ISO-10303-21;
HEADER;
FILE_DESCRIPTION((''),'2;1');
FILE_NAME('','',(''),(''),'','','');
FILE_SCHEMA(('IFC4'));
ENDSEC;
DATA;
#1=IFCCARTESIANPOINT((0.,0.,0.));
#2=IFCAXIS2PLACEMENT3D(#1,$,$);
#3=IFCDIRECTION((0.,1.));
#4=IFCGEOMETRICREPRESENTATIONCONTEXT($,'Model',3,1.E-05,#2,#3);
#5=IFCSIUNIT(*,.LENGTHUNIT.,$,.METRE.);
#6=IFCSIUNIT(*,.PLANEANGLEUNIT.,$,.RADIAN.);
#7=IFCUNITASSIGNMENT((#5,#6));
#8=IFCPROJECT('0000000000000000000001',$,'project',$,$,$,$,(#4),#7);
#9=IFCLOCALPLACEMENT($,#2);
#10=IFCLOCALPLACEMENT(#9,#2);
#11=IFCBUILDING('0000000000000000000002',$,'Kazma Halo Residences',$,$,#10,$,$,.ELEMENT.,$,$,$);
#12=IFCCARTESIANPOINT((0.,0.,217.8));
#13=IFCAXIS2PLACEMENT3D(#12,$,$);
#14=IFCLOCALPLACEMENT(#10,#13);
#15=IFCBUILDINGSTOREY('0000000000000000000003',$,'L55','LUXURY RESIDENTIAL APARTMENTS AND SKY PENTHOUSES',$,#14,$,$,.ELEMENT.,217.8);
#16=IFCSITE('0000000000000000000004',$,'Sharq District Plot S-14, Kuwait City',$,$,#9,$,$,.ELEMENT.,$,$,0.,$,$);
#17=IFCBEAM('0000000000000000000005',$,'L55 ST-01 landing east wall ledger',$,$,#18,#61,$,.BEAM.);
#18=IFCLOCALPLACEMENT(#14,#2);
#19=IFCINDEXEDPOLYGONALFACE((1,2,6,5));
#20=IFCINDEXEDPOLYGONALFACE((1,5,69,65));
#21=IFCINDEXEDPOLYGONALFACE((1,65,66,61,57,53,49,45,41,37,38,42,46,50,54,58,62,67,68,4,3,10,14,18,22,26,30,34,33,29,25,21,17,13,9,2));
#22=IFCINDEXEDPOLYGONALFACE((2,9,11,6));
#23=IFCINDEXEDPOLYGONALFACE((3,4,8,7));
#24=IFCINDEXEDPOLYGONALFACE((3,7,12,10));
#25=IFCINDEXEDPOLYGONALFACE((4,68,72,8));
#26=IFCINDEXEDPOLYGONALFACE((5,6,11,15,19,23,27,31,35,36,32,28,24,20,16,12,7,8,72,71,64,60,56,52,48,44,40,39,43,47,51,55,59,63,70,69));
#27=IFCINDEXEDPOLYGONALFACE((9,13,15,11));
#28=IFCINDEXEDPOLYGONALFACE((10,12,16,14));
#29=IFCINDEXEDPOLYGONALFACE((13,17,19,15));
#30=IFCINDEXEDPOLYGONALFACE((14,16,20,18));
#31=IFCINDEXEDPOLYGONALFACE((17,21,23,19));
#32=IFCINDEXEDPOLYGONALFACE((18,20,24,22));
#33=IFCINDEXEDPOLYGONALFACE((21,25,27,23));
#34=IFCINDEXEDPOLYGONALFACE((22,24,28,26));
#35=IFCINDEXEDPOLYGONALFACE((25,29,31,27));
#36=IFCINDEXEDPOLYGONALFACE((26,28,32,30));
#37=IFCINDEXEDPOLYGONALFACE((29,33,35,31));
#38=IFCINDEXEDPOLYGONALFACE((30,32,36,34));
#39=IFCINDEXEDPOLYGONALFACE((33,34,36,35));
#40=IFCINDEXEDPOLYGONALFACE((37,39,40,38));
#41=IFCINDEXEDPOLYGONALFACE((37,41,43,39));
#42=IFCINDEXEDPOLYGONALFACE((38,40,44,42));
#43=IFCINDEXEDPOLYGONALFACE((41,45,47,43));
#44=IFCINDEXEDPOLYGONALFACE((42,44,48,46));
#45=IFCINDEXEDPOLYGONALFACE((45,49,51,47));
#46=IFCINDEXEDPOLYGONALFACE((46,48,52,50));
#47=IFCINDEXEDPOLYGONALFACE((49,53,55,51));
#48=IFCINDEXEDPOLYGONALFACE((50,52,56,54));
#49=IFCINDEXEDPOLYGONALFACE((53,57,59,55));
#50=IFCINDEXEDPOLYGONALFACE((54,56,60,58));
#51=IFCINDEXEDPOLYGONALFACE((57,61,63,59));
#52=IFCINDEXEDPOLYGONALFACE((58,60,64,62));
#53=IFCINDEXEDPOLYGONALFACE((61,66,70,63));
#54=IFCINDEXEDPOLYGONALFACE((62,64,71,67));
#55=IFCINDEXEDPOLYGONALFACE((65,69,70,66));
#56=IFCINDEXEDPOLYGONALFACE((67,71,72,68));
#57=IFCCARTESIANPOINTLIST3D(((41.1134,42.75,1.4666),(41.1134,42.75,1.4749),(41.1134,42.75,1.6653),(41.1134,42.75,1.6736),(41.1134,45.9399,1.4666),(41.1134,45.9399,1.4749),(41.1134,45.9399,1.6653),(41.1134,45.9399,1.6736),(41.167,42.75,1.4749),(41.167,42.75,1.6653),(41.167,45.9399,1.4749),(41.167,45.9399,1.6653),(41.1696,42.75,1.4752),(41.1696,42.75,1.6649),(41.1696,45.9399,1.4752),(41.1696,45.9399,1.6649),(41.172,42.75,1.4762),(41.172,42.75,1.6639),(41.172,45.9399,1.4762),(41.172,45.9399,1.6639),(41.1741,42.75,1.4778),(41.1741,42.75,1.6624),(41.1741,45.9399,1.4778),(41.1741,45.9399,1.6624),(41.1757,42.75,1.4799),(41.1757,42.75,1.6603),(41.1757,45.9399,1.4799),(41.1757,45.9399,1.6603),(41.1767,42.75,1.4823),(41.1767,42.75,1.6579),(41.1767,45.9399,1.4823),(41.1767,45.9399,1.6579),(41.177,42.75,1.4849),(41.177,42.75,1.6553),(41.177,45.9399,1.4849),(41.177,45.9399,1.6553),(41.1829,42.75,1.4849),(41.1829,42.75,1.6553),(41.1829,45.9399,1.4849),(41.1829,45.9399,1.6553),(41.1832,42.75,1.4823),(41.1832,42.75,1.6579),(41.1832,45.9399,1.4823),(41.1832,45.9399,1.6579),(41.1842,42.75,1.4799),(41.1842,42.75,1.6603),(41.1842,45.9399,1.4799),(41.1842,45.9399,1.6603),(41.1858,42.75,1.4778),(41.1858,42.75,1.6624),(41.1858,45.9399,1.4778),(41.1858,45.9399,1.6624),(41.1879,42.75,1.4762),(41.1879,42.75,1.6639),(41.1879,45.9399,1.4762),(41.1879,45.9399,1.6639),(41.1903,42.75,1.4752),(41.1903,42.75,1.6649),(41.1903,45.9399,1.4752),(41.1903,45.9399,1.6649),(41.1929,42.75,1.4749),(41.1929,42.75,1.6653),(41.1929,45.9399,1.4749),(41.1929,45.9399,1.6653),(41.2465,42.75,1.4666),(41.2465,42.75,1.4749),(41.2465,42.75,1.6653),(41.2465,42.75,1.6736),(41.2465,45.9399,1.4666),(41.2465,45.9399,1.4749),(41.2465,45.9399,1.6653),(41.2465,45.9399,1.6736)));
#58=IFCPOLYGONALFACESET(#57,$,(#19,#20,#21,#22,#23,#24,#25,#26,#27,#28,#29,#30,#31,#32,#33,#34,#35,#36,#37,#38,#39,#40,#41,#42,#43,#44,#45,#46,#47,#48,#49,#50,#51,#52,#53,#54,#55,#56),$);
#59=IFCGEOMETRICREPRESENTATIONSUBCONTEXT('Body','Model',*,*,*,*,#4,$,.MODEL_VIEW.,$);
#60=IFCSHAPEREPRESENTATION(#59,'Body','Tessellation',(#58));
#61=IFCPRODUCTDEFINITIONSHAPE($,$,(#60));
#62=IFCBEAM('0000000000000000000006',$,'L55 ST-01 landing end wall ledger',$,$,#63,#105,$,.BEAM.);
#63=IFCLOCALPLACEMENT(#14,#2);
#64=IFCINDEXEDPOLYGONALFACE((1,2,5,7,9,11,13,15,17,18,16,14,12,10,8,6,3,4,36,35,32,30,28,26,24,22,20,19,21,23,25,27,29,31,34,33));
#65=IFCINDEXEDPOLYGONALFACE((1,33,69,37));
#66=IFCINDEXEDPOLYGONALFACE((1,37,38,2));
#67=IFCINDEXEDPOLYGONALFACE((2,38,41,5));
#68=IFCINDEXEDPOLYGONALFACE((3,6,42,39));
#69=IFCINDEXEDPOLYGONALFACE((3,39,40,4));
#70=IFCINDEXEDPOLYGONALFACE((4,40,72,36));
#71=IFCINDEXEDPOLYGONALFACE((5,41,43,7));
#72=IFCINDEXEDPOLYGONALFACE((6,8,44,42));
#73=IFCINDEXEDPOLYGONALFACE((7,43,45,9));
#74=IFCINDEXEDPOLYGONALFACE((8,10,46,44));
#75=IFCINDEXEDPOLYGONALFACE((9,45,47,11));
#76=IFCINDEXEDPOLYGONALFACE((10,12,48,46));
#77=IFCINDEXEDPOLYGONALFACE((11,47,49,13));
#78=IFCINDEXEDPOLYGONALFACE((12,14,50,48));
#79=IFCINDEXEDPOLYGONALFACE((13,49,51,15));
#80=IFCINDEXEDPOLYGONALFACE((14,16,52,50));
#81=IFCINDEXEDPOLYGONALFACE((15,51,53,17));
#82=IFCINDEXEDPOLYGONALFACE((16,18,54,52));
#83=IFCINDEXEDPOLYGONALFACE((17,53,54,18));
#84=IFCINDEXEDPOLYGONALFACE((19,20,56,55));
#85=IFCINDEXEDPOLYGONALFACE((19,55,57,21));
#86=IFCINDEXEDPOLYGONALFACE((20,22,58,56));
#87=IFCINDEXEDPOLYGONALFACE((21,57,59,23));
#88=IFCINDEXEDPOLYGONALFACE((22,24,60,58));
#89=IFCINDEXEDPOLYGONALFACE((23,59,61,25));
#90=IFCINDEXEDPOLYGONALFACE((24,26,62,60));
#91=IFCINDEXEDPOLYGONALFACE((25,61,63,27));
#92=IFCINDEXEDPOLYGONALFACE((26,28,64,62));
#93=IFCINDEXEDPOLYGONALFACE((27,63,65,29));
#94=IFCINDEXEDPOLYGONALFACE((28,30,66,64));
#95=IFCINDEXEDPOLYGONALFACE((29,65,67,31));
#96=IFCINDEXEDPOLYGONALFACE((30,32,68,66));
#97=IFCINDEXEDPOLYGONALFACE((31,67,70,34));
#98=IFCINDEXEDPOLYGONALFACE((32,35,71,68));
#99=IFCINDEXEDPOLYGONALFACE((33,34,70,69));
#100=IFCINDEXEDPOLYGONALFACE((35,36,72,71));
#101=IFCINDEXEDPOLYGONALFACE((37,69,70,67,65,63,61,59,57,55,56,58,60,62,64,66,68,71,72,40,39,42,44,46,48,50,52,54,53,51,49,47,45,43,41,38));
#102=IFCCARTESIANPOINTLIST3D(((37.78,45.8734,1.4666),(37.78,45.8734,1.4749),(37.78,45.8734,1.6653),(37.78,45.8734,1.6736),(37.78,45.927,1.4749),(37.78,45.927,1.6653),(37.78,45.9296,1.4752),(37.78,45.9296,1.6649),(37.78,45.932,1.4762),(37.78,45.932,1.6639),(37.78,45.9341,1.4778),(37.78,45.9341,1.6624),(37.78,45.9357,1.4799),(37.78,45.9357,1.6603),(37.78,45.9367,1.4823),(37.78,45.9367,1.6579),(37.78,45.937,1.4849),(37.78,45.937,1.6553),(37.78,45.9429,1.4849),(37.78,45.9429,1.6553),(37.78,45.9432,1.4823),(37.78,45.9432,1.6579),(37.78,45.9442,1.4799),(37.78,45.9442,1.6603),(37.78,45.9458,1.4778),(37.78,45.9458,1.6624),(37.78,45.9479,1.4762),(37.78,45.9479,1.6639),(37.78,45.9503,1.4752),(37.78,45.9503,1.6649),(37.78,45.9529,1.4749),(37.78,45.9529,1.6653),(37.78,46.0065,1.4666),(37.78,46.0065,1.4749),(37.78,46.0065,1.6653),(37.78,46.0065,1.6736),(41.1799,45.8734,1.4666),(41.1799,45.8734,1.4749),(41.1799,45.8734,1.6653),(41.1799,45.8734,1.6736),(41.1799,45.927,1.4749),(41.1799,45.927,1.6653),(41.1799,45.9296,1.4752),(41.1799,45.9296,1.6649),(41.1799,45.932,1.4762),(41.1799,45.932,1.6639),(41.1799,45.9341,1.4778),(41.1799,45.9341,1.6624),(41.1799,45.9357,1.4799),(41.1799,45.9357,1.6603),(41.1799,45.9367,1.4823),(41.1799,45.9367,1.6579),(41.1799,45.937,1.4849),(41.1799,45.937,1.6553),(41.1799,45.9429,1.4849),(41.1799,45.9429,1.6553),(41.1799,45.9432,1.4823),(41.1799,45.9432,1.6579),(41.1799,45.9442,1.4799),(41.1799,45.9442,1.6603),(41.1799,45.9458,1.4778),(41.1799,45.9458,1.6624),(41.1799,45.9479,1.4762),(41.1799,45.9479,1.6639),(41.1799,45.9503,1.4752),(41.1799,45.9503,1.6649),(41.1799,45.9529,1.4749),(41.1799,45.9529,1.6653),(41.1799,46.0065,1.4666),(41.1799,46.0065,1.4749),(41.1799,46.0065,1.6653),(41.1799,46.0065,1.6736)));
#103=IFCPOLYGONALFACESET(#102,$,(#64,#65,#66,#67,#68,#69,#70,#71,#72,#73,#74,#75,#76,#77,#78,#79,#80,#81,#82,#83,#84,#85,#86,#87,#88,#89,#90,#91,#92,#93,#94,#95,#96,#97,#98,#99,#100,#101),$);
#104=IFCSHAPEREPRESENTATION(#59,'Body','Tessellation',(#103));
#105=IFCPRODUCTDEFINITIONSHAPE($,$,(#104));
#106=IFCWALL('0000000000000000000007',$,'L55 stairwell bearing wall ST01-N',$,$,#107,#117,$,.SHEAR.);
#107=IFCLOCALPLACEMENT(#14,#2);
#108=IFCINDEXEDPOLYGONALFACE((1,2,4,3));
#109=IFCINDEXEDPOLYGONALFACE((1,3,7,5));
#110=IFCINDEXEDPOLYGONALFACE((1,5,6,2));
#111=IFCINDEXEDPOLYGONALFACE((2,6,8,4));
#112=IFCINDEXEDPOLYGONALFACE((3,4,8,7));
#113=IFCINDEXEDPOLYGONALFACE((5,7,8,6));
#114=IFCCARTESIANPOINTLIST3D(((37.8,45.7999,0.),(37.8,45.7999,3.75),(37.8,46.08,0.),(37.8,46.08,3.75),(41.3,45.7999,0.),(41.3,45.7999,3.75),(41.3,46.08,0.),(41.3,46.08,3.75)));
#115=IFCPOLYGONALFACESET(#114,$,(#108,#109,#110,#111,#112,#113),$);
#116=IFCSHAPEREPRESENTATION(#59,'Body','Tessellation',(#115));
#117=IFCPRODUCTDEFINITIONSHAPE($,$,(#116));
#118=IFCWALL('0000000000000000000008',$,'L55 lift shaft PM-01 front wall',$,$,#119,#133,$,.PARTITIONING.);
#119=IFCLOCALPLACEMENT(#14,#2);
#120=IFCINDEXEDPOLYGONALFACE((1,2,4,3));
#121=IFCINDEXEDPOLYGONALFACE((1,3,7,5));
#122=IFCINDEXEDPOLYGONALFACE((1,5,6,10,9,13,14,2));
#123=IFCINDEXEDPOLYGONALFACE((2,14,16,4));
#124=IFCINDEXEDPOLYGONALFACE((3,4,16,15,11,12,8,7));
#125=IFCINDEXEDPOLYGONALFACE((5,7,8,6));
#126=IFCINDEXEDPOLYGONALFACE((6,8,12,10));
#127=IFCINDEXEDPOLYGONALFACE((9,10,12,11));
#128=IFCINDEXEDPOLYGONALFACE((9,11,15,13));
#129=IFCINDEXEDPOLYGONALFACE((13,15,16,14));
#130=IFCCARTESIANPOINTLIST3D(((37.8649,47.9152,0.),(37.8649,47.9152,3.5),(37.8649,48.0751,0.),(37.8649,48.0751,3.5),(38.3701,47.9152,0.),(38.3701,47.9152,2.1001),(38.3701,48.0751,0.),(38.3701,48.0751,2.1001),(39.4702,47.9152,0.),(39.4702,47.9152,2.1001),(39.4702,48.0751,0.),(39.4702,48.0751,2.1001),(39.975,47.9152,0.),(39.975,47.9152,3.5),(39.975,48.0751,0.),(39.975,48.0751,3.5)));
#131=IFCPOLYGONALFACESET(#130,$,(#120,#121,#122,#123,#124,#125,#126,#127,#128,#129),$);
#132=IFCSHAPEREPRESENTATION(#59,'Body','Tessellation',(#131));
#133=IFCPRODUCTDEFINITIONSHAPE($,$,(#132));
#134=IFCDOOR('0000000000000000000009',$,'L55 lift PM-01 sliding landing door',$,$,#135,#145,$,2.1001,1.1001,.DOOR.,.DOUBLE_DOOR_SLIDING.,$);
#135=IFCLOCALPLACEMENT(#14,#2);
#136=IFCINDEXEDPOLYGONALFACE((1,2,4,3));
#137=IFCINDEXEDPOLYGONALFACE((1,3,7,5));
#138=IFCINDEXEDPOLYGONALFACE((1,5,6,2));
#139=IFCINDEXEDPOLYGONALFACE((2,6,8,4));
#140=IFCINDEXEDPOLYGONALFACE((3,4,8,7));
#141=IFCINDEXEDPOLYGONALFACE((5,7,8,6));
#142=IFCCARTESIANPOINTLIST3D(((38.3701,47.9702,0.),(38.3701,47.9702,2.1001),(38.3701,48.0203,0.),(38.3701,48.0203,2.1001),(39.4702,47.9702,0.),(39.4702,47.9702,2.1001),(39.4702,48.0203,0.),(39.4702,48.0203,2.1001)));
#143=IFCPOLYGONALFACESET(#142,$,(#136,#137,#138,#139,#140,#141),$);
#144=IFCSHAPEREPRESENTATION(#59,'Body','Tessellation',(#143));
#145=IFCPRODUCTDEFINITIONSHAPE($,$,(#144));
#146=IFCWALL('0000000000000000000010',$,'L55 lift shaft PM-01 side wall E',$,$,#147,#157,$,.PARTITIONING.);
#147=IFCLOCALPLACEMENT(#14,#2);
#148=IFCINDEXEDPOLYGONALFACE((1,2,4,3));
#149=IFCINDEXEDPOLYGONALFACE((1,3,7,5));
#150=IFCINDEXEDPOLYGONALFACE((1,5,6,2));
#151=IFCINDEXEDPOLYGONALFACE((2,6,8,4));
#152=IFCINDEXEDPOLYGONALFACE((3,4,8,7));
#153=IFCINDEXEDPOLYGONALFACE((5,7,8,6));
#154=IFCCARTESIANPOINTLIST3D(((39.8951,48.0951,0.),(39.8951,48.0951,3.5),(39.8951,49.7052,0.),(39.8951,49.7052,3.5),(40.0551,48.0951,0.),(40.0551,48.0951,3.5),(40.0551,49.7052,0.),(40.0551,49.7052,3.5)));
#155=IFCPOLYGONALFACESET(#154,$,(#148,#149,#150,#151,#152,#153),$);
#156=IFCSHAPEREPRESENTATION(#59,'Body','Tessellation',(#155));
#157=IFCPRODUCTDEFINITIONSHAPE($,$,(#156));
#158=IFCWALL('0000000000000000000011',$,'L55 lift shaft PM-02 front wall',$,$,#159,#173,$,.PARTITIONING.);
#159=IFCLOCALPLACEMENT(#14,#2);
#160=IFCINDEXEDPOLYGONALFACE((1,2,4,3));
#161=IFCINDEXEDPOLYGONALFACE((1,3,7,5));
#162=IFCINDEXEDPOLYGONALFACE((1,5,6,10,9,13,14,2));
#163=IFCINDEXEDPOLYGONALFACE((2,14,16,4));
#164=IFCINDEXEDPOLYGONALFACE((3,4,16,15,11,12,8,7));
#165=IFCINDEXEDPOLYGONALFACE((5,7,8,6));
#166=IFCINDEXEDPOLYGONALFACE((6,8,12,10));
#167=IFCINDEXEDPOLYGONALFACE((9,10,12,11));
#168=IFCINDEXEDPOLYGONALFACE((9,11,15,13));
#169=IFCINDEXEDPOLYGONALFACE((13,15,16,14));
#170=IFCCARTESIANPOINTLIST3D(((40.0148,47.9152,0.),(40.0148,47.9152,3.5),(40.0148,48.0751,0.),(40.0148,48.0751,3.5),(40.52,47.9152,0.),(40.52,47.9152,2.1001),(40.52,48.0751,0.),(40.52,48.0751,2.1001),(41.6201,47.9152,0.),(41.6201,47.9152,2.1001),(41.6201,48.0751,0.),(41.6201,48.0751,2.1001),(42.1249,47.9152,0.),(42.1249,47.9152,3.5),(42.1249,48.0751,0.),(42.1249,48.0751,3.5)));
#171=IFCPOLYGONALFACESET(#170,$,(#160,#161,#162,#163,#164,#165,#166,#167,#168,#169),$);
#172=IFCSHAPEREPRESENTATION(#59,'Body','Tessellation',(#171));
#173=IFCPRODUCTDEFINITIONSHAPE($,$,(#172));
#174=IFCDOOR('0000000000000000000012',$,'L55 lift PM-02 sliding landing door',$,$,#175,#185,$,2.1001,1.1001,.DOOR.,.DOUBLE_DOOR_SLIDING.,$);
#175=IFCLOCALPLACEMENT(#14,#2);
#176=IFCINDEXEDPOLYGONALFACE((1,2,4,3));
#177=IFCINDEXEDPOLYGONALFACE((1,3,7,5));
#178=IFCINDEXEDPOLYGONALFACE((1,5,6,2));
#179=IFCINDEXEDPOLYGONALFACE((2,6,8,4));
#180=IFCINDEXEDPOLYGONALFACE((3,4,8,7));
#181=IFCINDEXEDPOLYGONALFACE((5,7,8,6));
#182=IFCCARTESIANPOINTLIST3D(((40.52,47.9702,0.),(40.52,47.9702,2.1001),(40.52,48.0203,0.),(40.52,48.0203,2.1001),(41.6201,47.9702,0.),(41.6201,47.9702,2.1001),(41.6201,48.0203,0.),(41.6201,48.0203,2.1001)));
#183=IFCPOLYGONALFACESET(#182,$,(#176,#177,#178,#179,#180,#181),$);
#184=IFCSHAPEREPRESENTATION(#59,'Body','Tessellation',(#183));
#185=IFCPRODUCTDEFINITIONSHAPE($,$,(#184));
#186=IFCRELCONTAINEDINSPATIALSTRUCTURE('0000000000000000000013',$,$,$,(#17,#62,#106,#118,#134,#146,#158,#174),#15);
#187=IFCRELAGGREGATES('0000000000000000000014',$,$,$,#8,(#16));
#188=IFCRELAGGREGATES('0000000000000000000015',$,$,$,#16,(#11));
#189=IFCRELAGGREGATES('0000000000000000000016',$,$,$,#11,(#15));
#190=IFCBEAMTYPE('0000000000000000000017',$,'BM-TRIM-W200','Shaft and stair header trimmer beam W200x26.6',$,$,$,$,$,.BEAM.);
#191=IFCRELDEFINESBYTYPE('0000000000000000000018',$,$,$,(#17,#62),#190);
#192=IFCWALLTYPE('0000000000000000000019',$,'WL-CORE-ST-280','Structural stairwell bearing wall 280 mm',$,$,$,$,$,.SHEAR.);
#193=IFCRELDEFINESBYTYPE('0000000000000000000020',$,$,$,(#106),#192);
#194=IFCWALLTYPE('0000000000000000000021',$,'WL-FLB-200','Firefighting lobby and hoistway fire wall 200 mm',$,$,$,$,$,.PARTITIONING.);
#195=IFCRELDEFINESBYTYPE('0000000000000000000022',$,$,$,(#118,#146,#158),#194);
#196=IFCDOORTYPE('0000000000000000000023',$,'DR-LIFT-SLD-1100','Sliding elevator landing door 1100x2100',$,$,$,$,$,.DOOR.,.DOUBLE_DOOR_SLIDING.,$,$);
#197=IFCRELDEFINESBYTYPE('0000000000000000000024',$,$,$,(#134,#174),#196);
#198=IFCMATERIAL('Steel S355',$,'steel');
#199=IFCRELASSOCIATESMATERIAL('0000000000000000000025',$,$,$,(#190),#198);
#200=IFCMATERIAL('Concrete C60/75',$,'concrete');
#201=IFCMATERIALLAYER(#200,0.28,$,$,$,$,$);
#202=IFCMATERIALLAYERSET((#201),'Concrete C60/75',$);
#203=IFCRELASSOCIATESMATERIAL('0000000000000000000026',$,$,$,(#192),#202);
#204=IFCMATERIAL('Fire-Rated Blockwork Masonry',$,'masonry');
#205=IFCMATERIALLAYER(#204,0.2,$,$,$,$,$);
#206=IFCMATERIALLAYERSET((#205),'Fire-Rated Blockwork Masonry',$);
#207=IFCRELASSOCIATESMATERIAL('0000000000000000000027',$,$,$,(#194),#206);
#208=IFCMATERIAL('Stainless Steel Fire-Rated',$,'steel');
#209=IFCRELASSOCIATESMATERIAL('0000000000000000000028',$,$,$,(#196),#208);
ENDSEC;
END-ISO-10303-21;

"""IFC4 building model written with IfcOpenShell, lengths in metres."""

from ifc_helpers import new_model, si_unit, direction, frame, frame_2d, origin, origin_2d, place, context, subcontext, project, spatial, rectangle, i_section, extrude, material, layer, layer_set, material_profile, profile_set, type_object, element, fill, save


model = new_model("IFC4")

# Units and contexts
model_context = context("Model", 3, precision=1e-05, world=origin(), true_north=direction((0.0, 1.0)))
body_context = subcontext(model_context, "Body", "Model", "MODEL_VIEW")
ifc_project = project(units=[si_unit("LENGTHUNIT", "METRE"), si_unit("PLANEANGLEUNIT", "RADIAN")], contexts=[model_context])

# Site, building, storey
site_placement = place(None, origin())
site = spatial("IfcSite", under=ifc_project, at=site_placement, Name="Sharq District Plot S-14, Kuwait City", CompositionType="ELEMENT", RefElevation=0.0)
building_placement = place(site_placement, origin())
building = spatial("IfcBuilding", under=site, at=building_placement, Name="Kazma Halo Residences", CompositionType="ELEMENT")
storey_placement = place(building_placement, frame((0.0, 0.0, 217.8)))
storey = spatial("IfcBuildingStorey", under=building, at=storey_placement, Name="L55", Description="LUXURY RESIDENTIAL APARTMENTS AND SKY PENTHOUSES", CompositionType="ELEMENT", Elevation=217.8)

# Shared definitions
ifc_material_1 = material(Name="Steel S355", Category="steel")

# Beams
ifc_material_profile_1 = material_profile(ifc_material_1, i_section(OverallWidth=0.1331, OverallDepth=0.207, WebThickness=0.0059, FlangeThickness=0.0083, FilletRadius=0.01, at=origin_2d()), Name="W200x26.6")
ifc_profile_set_1 = profile_set([ifc_material_profile_1], Name="Steel S355")
beam_type_1 = type_object("IfcBeamType", Name="BM-TRIM-W200", Description="Shaft and stair header trimmer beam W200x26.6", PredefinedType="BEAM", material=ifc_profile_set_1)
beam_1_placement = place(storey_placement, frame((41.1799, 42.75, 1.5701), z_axis=(0.0, 1.0, 0.0), x_axis=(-1.0, 0.0, 0.0)))
element("IfcBeam", 1, at=beam_1_placement, inside=storey, type_object=beam_type_1, Name="L55 ST-01 landing east wall ledger", PredefinedType="BEAM", context=body_context, shape_type="SweptSolid", body=[
    extrude(i_section(OverallWidth=0.1331, OverallDepth=0.207, WebThickness=0.0059, FlangeThickness=0.0083, FilletRadius=0.01, at=origin_2d()), origin(), (0.0, 0.0, 1.0), 3.1899),
])
beam_2_placement = place(storey_placement, frame((37.78, 45.9399, 1.5701), z_axis=(1.0, 0.0, 0.0), x_axis=(0.0, 1.0, 0.0)))
element("IfcBeam", 2, at=beam_2_placement, inside=storey, type_object=beam_type_1, Name="L55 ST-01 landing end wall ledger", PredefinedType="BEAM", context=body_context, shape_type="SweptSolid", body=[
    extrude(i_section(OverallWidth=0.1331, OverallDepth=0.207, WebThickness=0.0059, FlangeThickness=0.0083, FilletRadius=0.01, at=origin_2d()), origin(), (0.0, 0.0, 1.0), 3.3999),
])

# Wall
ifc_material_2 = material(Name="Concrete C60/75", Category="concrete")
ifc_layer_1 = layer(ifc_material_2, 0.28)
ifc_layer_set_1 = layer_set([ifc_layer_1], Name="Concrete C60/75")
wall_type_1 = type_object("IfcWallType", Name="WL-CORE-ST-280", Description="Structural stairwell bearing wall 280 mm", PredefinedType="SHEAR", material=ifc_layer_set_1)
wall_1_placement = place(storey_placement, frame((37.8, 45.9399, 0.0), z_axis=(0.0, 0.0, 1.0), x_axis=(1.0, 0.0, 0.0)))
element("IfcWall", 3, at=wall_1_placement, inside=storey, type_object=wall_type_1, Name="L55 stairwell bearing wall ST01-N", PredefinedType="SHEAR", context=body_context, shape_type="SweptSolid", body=[
    extrude(rectangle(XDim=3.5, YDim=0.28, at=frame_2d((1.75, 0.0))), origin(), (0.0, 0.0, 1.0), 3.75),
])

# Wall, opening, door
ifc_material_3 = material(Name="Fire-Rated Blockwork Masonry", Category="masonry")
ifc_layer_2 = layer(ifc_material_3, 0.2)
ifc_layer_set_2 = layer_set([ifc_layer_2], Name="Fire-Rated Blockwork Masonry")
wall_type_2 = type_object("IfcWallType", Name="WL-FLB-200", Description="Firefighting lobby and hoistway fire wall 200 mm", PredefinedType="PARTITIONING", material=ifc_layer_set_2)
wall_2_placement = place(storey_placement, frame((39.9751, 47.9951, 0.0), z_axis=(0.0, 0.0, 1.0), x_axis=(-1.0, 0.0, 0.0)))
wall_2 = element("IfcWall", 4, at=wall_2_placement, inside=storey, type_object=wall_type_2, Name="L55 lift shaft PM-01 front wall", PredefinedType="PARTITIONING", context=body_context, shape_type="SweptSolid", body=[
    extrude(rectangle(XDim=2.1101, YDim=0.1599, at=frame_2d((1.0552, 0.0))), origin(), (0.0, 0.0, 1.0), 3.5),
])
opening_1_placement = place(wall_2_placement, frame((0.5049, 0.0, 0.0)))
opening_1 = element("IfcOpeningElement", 5, at=opening_1_placement, cuts=wall_2, PredefinedType="OPENING", context=body_context, shape_type="SweptSolid", body=[
    extrude(rectangle(XDim=1.1001, YDim=2.1001, at=frame_2d((0.55, 1.05))), frame((0.0, 0.0898, 0.0), z_axis=(0.0, -1.0, 0.0), x_axis=(1.0, 0.0, 0.0)), (0.0, 0.0, 1.0), 0.1799),
])
ifc_material_4 = material(Name="Stainless Steel Fire-Rated", Category="steel")
door_type = type_object("IfcDoorType", Name="DR-LIFT-SLD-1100", Description="Sliding elevator landing door 1100x2100", OperationType="DOUBLE_DOOR_SLIDING", PredefinedType="DOOR", material=ifc_material_4)
door_1_placement = place(opening_1_placement, origin())
door_1 = element("IfcDoor", 6, at=door_1_placement, inside=storey, type_object=door_type, Name="L55 lift PM-01 sliding landing door", OperationType="DOUBLE_DOOR_SLIDING", OverallHeight=2.1001, OverallWidth=1.1001, PredefinedType="DOOR", context=body_context, shape_type="SweptSolid", body=[
    extrude(rectangle(XDim=1.1001, YDim=2.1001, at=frame_2d((0.55, 1.05))), frame((0.0, 0.0249, 0.0), z_axis=(0.0, -1.0, 0.0), x_axis=(1.0, 0.0, 0.0)), (0.0, 0.0, 1.0), 0.05),
])
fill(opening_1, door_1)

# Wall
wall_3_placement = place(storey_placement, frame((39.9751, 48.095, 0.0), z_axis=(0.0, 0.0, 1.0), x_axis=(0.0, 1.0, 0.0)))
element("IfcWall", 7, at=wall_3_placement, inside=storey, type_object=wall_type_2, Name="L55 lift shaft PM-01 side wall E", PredefinedType="PARTITIONING", context=body_context, shape_type="SweptSolid", body=[
    extrude(rectangle(XDim=1.6101, YDim=0.1599, at=frame_2d((0.8052, 0.0))), origin(), (0.0, 0.0, 1.0), 3.5),
])

# Wall, opening, door
wall_4_placement = place(storey_placement, frame((42.125, 47.9951, 0.0), z_axis=(0.0, 0.0, 1.0), x_axis=(-1.0, 0.0, 0.0)))
wall_4 = element("IfcWall", 8, at=wall_4_placement, inside=storey, type_object=wall_type_2, Name="L55 lift shaft PM-02 front wall", PredefinedType="PARTITIONING", context=body_context, shape_type="SweptSolid", body=[
    extrude(rectangle(XDim=2.1101, YDim=0.1599, at=frame_2d((1.0552, 0.0))), origin(), (0.0, 0.0, 1.0), 3.5),
])
opening_2_placement = place(wall_4_placement, frame((0.5049, 0.0, 0.0)))
opening_2 = element("IfcOpeningElement", 9, at=opening_2_placement, cuts=wall_4, PredefinedType="OPENING", context=body_context, shape_type="SweptSolid", body=[
    extrude(rectangle(XDim=1.1001, YDim=2.1001, at=frame_2d((0.55, 1.05))), frame((0.0, 0.0898, 0.0), z_axis=(0.0, -1.0, 0.0), x_axis=(1.0, 0.0, 0.0)), (0.0, 0.0, 1.0), 0.1799),
])
door_2_placement = place(opening_2_placement, origin())
door_2 = element("IfcDoor", 10, at=door_2_placement, inside=storey, type_object=door_type, Name="L55 lift PM-02 sliding landing door", OperationType="DOUBLE_DOOR_SLIDING", OverallHeight=2.1001, OverallWidth=1.1001, PredefinedType="DOOR", context=body_context, shape_type="SweptSolid", body=[
    extrude(rectangle(XDim=1.1001, YDim=2.1001, at=frame_2d((0.55, 1.05))), frame((0.0, 0.0249, 0.0), z_axis=(0.0, -1.0, 0.0), x_axis=(1.0, 0.0, 0.0)), (0.0, 0.0, 1.0), 0.05),
])
fill(opening_2, door_2)

save(model, "model.ifc")
